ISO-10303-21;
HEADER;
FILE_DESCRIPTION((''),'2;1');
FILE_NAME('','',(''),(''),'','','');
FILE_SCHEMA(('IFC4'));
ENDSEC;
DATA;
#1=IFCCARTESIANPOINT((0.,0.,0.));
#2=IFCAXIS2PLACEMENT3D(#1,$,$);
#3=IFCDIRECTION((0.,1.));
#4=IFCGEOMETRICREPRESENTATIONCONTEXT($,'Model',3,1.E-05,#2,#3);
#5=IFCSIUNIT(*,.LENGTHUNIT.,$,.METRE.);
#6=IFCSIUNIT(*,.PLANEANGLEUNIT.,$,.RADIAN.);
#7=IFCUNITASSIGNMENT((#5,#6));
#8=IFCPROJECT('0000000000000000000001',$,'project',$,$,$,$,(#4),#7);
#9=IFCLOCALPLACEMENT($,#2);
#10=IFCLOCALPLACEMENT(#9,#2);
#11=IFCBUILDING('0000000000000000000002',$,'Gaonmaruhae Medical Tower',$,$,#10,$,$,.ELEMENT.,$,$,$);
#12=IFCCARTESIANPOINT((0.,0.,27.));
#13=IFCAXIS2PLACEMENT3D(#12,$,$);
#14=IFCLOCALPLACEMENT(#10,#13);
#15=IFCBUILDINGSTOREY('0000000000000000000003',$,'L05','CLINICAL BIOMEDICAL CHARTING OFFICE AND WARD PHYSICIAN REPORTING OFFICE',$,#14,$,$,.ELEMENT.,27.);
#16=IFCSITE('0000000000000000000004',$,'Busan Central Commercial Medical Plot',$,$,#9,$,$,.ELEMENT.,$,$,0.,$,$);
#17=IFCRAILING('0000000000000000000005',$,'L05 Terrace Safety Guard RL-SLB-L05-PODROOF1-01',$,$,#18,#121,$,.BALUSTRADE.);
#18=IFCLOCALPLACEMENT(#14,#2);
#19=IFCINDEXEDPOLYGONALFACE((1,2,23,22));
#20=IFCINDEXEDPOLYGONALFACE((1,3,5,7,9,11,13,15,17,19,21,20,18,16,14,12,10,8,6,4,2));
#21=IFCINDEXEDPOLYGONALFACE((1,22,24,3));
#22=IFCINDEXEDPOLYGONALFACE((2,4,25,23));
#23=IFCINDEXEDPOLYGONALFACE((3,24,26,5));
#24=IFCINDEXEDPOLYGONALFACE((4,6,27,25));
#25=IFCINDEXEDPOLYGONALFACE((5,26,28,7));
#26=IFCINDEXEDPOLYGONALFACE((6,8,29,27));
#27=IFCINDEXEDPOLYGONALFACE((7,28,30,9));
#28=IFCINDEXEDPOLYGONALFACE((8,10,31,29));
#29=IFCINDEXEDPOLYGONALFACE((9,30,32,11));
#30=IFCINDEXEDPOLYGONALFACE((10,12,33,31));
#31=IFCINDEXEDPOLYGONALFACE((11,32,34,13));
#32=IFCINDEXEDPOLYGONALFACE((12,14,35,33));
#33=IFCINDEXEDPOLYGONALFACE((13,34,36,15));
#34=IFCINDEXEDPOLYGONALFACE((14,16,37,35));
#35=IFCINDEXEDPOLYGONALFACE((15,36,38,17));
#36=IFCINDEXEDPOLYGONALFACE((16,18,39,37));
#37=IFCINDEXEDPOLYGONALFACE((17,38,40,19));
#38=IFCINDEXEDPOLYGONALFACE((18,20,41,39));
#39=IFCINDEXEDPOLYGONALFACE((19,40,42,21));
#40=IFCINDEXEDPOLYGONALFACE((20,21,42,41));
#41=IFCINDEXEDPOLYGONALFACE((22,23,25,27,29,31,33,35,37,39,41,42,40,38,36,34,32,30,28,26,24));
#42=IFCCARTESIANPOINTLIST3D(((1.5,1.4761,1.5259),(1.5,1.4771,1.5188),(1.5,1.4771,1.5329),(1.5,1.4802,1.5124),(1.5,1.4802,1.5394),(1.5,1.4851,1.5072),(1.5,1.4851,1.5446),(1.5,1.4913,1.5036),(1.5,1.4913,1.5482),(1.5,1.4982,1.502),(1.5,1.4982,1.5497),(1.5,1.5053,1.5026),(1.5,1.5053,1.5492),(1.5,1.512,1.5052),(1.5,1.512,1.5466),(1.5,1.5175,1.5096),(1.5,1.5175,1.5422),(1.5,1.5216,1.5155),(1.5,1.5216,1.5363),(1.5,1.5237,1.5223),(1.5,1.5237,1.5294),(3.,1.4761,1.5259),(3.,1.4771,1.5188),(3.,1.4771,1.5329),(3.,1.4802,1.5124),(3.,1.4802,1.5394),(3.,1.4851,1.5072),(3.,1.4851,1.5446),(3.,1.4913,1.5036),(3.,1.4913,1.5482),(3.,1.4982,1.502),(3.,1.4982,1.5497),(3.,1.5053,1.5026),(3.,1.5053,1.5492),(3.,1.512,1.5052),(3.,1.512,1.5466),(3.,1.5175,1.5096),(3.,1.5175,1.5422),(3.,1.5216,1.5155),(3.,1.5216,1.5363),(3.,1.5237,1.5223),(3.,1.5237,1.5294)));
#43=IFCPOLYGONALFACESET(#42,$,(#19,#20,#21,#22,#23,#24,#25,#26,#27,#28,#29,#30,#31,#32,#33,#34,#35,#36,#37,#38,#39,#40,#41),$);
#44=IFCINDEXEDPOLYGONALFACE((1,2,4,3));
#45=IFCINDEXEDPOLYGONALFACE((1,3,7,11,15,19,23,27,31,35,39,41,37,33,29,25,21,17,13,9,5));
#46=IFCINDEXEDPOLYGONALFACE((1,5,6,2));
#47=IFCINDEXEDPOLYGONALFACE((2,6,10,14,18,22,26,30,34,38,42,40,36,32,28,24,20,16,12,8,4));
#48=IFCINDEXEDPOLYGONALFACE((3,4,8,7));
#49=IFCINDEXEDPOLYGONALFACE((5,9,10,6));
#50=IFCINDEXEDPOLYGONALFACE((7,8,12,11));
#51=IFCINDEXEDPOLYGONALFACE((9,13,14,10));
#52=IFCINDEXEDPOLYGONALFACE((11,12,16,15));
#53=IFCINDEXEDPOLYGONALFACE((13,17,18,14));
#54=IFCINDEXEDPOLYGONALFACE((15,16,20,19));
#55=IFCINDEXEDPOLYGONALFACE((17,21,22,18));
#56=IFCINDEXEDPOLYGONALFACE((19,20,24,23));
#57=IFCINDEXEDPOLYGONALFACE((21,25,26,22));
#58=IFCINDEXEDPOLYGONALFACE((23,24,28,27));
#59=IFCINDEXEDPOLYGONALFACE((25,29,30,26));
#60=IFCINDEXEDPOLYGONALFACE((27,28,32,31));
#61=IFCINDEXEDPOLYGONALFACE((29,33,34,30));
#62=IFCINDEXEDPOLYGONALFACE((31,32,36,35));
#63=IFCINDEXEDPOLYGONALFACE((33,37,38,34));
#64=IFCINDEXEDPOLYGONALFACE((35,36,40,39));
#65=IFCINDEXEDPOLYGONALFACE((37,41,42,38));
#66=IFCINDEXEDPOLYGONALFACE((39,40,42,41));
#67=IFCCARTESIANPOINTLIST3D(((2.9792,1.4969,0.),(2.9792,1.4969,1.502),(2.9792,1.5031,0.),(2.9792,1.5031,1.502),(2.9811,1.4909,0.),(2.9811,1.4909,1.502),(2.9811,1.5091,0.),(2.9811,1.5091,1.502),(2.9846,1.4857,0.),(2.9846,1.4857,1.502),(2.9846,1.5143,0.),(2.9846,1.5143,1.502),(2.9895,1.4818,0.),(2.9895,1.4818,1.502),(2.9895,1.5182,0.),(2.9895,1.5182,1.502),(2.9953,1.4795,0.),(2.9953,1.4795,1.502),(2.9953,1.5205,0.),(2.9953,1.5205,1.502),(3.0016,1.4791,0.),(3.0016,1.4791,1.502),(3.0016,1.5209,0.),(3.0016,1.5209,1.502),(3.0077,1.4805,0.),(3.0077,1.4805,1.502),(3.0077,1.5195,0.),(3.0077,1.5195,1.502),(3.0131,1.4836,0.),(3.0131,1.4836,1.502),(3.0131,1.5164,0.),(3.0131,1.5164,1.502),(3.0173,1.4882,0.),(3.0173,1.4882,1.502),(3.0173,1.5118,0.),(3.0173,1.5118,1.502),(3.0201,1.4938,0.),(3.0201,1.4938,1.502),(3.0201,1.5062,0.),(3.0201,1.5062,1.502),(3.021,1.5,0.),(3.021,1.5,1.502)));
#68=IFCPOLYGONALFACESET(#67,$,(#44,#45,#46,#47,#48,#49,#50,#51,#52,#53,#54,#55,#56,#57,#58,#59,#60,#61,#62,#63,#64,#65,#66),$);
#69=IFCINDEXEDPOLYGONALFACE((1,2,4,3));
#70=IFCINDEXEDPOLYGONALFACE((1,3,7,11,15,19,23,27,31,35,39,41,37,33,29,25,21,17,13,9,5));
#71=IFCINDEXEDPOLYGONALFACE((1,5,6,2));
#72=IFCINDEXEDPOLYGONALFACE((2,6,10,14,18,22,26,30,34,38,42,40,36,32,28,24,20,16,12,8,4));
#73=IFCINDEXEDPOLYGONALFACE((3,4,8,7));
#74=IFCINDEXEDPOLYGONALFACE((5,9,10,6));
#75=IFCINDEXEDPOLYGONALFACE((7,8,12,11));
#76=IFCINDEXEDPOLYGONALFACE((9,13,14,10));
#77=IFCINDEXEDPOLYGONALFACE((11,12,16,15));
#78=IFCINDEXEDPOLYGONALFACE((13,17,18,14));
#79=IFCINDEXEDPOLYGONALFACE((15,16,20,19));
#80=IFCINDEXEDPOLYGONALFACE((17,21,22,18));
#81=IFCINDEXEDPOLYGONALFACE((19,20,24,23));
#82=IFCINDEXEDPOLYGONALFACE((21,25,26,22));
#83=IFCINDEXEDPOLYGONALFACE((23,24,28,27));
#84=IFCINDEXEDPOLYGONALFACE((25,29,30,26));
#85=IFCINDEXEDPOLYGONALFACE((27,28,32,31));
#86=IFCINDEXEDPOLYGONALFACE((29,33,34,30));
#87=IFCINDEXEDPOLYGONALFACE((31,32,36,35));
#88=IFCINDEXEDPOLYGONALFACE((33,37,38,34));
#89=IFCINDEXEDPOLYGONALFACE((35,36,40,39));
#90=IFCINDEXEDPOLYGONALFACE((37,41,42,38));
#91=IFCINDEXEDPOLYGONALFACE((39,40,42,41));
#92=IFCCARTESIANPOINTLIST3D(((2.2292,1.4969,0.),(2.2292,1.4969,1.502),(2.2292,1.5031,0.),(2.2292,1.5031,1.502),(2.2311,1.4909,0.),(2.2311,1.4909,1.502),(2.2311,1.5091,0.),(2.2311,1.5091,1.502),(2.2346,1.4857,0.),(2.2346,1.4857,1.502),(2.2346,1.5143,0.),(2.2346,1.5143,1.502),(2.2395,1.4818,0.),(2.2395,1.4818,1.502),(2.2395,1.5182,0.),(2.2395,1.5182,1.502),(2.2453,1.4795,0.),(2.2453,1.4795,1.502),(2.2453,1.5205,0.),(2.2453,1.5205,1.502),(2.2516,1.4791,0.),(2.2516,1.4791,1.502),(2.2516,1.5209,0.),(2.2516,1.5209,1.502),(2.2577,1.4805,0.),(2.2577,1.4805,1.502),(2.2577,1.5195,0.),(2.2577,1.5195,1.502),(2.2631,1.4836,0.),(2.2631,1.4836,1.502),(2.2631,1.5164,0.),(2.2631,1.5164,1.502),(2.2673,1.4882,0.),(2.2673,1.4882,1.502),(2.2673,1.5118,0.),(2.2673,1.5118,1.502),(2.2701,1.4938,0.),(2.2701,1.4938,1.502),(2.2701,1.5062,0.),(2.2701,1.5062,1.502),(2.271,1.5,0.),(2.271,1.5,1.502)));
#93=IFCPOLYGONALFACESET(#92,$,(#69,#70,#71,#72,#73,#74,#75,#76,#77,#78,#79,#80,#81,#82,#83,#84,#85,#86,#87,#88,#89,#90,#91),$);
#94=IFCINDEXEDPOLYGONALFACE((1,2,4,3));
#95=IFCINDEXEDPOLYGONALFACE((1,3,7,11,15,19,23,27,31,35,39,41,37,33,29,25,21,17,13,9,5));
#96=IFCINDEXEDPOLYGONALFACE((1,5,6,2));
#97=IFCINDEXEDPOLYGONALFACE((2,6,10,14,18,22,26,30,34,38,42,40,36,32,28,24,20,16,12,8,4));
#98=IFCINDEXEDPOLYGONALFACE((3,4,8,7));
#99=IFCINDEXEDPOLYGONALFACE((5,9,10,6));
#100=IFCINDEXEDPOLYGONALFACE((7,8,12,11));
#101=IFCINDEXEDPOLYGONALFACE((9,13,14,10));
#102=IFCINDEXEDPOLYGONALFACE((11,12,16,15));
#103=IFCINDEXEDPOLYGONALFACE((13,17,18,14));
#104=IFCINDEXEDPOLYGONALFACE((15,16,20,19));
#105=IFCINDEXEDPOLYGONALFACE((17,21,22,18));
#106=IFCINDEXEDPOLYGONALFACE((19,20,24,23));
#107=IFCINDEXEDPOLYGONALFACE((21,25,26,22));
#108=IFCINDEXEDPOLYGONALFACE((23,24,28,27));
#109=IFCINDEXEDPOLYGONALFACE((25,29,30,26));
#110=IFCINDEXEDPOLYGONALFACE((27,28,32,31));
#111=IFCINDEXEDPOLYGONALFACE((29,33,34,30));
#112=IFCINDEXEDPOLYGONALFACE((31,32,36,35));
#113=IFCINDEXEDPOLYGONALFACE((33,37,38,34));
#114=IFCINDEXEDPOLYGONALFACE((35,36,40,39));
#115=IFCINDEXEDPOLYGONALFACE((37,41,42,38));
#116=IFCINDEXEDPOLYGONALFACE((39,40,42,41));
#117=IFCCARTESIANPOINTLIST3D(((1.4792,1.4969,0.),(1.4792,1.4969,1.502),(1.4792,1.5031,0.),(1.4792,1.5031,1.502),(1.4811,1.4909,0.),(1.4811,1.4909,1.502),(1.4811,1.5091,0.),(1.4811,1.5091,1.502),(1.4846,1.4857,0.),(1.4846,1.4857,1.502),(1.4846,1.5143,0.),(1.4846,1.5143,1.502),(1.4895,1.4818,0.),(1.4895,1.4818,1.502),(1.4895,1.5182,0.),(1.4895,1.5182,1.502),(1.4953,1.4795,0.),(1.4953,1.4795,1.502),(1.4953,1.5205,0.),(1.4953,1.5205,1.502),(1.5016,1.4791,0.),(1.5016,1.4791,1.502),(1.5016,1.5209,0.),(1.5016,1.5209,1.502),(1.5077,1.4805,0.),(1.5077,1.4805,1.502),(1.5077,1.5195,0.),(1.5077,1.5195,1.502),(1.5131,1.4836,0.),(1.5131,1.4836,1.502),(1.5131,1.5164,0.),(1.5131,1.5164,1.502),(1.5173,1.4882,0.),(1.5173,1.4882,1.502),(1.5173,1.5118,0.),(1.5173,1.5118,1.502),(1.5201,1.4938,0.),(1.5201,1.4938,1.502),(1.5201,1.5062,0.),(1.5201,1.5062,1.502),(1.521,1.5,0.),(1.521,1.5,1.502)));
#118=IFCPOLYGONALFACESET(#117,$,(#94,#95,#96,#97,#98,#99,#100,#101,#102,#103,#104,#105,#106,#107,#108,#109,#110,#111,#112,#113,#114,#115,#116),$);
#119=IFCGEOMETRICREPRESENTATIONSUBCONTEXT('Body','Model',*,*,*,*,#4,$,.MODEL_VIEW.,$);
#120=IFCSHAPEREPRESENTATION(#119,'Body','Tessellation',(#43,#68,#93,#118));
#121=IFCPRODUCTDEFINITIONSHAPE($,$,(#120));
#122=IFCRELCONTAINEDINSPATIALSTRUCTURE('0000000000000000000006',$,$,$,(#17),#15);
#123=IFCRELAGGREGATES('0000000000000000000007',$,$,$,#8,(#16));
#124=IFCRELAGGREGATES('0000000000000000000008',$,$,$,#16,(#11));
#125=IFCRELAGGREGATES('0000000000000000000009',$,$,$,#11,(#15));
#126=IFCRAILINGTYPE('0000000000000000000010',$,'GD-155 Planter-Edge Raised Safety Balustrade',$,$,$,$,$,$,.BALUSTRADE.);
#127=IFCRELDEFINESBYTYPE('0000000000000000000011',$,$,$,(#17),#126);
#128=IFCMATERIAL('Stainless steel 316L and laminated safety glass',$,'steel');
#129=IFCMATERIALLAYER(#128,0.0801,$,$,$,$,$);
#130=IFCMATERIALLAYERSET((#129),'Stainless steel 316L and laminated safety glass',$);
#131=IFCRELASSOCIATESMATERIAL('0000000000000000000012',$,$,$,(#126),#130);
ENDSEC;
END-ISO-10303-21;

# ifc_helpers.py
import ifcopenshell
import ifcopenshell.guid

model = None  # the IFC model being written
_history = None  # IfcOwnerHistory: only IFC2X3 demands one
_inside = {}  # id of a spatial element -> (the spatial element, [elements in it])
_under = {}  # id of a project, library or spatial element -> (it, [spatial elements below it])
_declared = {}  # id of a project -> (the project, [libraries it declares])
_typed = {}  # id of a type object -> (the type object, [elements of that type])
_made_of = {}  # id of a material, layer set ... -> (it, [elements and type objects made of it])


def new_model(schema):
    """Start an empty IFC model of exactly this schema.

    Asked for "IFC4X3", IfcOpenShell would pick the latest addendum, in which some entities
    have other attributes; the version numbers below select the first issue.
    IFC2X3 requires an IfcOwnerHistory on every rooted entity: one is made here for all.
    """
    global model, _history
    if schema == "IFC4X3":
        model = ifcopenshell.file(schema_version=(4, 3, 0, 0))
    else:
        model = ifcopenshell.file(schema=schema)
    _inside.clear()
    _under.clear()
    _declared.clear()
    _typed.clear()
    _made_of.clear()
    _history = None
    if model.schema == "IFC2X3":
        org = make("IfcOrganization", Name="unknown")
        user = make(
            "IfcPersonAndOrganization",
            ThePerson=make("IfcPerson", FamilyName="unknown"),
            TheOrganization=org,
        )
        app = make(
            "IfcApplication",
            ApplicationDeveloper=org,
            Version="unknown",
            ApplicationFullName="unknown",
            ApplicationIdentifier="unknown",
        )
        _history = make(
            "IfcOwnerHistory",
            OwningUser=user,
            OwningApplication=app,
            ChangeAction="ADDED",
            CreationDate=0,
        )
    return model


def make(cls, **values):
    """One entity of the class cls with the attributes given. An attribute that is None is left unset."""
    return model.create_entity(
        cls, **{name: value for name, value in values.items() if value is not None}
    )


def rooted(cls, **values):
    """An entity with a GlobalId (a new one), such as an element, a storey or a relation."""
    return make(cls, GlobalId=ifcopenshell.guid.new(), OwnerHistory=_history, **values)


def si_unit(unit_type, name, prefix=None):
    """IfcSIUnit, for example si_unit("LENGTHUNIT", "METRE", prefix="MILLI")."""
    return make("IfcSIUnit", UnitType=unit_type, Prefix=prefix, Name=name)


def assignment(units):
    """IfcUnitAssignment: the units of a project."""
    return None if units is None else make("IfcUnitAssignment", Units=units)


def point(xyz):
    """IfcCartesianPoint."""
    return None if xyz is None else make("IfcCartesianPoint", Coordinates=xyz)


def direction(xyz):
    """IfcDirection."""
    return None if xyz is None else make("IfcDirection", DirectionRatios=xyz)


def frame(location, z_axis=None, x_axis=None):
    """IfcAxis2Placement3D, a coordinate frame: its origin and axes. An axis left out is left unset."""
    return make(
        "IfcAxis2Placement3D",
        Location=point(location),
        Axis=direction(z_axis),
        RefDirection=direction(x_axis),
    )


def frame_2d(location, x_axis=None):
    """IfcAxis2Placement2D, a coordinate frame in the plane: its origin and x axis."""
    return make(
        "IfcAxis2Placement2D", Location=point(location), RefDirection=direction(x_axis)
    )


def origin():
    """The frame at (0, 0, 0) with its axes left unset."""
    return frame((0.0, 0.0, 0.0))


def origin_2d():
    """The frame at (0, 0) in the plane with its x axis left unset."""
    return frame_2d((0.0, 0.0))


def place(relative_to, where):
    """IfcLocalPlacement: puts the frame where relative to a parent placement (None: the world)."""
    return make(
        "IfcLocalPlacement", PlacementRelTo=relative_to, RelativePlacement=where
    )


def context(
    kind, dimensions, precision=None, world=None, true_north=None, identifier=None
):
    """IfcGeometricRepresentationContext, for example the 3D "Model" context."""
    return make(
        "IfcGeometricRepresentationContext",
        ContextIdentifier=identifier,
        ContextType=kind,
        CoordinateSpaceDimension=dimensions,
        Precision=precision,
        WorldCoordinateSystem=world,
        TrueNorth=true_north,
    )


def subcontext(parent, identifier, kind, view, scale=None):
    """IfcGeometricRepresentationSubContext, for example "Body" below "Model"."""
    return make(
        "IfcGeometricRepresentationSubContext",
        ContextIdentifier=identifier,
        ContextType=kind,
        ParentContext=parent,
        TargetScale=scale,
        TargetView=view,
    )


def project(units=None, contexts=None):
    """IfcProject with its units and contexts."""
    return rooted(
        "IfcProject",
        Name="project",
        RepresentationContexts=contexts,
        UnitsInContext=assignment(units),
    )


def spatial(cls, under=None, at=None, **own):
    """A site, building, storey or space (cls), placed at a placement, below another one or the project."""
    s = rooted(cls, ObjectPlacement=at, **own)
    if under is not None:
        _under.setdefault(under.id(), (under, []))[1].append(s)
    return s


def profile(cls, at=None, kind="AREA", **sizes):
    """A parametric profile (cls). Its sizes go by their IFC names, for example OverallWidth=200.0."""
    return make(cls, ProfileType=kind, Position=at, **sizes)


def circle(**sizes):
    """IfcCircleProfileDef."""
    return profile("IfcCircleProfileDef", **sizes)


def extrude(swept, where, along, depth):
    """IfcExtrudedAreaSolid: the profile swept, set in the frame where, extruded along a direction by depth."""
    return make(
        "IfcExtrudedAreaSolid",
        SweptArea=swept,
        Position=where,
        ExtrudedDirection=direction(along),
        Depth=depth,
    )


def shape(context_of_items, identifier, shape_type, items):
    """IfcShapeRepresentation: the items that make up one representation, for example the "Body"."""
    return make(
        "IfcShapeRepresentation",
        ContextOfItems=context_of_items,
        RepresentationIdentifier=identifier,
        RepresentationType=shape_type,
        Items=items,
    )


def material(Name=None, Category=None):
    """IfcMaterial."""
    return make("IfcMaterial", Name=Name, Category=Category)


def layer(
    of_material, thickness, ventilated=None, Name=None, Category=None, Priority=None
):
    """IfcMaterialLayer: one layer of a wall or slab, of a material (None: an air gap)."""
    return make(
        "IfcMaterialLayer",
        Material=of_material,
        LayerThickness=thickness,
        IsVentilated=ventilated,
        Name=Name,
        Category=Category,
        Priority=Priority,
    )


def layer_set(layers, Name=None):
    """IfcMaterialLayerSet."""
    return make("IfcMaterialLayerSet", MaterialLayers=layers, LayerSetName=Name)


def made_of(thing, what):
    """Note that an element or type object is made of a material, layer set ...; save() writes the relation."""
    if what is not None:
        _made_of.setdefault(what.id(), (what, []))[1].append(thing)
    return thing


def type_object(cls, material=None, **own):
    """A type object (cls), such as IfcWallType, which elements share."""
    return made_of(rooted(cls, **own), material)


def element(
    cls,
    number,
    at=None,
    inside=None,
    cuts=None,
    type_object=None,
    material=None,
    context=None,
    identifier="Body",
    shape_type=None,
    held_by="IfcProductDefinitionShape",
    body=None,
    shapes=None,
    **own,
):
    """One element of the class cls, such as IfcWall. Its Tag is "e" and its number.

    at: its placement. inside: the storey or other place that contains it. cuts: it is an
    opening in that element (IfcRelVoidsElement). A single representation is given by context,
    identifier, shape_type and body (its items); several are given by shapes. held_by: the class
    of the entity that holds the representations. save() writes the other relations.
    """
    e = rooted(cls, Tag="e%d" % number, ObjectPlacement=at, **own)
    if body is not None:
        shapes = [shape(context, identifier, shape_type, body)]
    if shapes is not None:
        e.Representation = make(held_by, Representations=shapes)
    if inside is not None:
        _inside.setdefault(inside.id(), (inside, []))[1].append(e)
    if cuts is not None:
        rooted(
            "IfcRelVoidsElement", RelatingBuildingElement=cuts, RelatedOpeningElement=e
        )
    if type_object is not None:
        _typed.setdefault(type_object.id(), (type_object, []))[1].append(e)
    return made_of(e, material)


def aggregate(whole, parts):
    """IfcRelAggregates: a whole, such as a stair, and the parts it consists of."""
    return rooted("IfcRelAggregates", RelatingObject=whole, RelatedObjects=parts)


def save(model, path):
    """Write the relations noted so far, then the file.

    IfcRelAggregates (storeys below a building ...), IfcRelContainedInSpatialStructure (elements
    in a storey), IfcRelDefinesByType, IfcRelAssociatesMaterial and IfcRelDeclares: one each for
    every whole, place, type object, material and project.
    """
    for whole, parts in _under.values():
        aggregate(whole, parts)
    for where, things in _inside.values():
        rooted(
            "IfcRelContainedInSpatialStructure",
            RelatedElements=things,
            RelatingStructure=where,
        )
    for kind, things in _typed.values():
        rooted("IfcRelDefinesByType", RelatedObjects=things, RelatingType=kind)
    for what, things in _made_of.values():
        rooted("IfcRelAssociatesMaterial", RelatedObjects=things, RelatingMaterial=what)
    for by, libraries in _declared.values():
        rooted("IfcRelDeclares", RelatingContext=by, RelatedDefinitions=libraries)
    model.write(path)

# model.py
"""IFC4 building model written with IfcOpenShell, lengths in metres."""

from ifc_helpers import new_model, si_unit, direction, frame, origin, origin_2d, place, context, subcontext, project, spatial, circle, extrude, material, layer, layer_set, type_object, element, save


model = new_model("IFC4")

# Units and contexts
model_context = context("Model", 3, precision=1e-05, world=origin(), true_north=direction((0.0, 1.0)))
body_context = subcontext(model_context, "Body", "Model", "MODEL_VIEW")
ifc_project = project(units=[si_unit("LENGTHUNIT", "METRE"), si_unit("PLANEANGLEUNIT", "RADIAN")], contexts=[model_context])

# Site, building, storey
site_placement = place(None, origin())
site = spatial("IfcSite", under=ifc_project, at=site_placement, Name="Busan Central Commercial Medical Plot", CompositionType="ELEMENT", RefElevation=0.0)
building_placement = place(site_placement, origin())
building = spatial("IfcBuilding", under=site, at=building_placement, Name="Gaonmaruhae Medical Tower", CompositionType="ELEMENT")
storey_placement = place(building_placement, frame((0.0, 0.0, 27.0)))
storey = spatial("IfcBuildingStorey", under=building, at=storey_placement, Name="L05", Description="CLINICAL BIOMEDICAL CHARTING OFFICE AND WARD PHYSICIAN REPORTING OFFICE", CompositionType="ELEMENT", Elevation=27.0)

# Railing
ifc_material_1 = material(Name="Stainless steel 316L and laminated safety glass", Category="steel")
ifc_layer_1 = layer(ifc_material_1, 0.0801)
ifc_layer_set_1 = layer_set([ifc_layer_1], Name="Stainless steel 316L and laminated safety glass")
railing_type = type_object("IfcRailingType", Name="GD-155 Planter-Edge Raised Safety Balustrade", PredefinedType="BALUSTRADE", material=ifc_layer_set_1)
railing_1_placement = place(storey_placement, frame((3.0, 1.5, 0.0)))
element("IfcRailing", 1, at=railing_1_placement, inside=storey, type_object=railing_type, Name="L05 Terrace Safety Guard RL-SLB-L05-PODROOF1-01", PredefinedType="BALUSTRADE", context=body_context, shape_type="SweptSolid", body=[
    extrude(circle(Radius=0.0239, at=origin_2d()), frame((0.0, 0.0, 1.5259), z_axis=(-1.0, 0.0, 0.0), x_axis=(0.0, -1.0, 0.0)), (0.0, 0.0, 1.0), 1.5),
    extrude(circle(Radius=0.021, at=origin_2d()), origin(), (0.0, 0.0, 1.0), 1.502),
    extrude(circle(Radius=0.021, at=origin_2d()), frame((-0.75, 0.0, 0.0)), (0.0, 0.0, 1.0), 1.502),
    extrude(circle(Radius=0.021, at=origin_2d()), frame((-1.5, 0.0, 0.0)), (0.0, 0.0, 1.0), 1.502),
])

save(model, "model.ifc")
